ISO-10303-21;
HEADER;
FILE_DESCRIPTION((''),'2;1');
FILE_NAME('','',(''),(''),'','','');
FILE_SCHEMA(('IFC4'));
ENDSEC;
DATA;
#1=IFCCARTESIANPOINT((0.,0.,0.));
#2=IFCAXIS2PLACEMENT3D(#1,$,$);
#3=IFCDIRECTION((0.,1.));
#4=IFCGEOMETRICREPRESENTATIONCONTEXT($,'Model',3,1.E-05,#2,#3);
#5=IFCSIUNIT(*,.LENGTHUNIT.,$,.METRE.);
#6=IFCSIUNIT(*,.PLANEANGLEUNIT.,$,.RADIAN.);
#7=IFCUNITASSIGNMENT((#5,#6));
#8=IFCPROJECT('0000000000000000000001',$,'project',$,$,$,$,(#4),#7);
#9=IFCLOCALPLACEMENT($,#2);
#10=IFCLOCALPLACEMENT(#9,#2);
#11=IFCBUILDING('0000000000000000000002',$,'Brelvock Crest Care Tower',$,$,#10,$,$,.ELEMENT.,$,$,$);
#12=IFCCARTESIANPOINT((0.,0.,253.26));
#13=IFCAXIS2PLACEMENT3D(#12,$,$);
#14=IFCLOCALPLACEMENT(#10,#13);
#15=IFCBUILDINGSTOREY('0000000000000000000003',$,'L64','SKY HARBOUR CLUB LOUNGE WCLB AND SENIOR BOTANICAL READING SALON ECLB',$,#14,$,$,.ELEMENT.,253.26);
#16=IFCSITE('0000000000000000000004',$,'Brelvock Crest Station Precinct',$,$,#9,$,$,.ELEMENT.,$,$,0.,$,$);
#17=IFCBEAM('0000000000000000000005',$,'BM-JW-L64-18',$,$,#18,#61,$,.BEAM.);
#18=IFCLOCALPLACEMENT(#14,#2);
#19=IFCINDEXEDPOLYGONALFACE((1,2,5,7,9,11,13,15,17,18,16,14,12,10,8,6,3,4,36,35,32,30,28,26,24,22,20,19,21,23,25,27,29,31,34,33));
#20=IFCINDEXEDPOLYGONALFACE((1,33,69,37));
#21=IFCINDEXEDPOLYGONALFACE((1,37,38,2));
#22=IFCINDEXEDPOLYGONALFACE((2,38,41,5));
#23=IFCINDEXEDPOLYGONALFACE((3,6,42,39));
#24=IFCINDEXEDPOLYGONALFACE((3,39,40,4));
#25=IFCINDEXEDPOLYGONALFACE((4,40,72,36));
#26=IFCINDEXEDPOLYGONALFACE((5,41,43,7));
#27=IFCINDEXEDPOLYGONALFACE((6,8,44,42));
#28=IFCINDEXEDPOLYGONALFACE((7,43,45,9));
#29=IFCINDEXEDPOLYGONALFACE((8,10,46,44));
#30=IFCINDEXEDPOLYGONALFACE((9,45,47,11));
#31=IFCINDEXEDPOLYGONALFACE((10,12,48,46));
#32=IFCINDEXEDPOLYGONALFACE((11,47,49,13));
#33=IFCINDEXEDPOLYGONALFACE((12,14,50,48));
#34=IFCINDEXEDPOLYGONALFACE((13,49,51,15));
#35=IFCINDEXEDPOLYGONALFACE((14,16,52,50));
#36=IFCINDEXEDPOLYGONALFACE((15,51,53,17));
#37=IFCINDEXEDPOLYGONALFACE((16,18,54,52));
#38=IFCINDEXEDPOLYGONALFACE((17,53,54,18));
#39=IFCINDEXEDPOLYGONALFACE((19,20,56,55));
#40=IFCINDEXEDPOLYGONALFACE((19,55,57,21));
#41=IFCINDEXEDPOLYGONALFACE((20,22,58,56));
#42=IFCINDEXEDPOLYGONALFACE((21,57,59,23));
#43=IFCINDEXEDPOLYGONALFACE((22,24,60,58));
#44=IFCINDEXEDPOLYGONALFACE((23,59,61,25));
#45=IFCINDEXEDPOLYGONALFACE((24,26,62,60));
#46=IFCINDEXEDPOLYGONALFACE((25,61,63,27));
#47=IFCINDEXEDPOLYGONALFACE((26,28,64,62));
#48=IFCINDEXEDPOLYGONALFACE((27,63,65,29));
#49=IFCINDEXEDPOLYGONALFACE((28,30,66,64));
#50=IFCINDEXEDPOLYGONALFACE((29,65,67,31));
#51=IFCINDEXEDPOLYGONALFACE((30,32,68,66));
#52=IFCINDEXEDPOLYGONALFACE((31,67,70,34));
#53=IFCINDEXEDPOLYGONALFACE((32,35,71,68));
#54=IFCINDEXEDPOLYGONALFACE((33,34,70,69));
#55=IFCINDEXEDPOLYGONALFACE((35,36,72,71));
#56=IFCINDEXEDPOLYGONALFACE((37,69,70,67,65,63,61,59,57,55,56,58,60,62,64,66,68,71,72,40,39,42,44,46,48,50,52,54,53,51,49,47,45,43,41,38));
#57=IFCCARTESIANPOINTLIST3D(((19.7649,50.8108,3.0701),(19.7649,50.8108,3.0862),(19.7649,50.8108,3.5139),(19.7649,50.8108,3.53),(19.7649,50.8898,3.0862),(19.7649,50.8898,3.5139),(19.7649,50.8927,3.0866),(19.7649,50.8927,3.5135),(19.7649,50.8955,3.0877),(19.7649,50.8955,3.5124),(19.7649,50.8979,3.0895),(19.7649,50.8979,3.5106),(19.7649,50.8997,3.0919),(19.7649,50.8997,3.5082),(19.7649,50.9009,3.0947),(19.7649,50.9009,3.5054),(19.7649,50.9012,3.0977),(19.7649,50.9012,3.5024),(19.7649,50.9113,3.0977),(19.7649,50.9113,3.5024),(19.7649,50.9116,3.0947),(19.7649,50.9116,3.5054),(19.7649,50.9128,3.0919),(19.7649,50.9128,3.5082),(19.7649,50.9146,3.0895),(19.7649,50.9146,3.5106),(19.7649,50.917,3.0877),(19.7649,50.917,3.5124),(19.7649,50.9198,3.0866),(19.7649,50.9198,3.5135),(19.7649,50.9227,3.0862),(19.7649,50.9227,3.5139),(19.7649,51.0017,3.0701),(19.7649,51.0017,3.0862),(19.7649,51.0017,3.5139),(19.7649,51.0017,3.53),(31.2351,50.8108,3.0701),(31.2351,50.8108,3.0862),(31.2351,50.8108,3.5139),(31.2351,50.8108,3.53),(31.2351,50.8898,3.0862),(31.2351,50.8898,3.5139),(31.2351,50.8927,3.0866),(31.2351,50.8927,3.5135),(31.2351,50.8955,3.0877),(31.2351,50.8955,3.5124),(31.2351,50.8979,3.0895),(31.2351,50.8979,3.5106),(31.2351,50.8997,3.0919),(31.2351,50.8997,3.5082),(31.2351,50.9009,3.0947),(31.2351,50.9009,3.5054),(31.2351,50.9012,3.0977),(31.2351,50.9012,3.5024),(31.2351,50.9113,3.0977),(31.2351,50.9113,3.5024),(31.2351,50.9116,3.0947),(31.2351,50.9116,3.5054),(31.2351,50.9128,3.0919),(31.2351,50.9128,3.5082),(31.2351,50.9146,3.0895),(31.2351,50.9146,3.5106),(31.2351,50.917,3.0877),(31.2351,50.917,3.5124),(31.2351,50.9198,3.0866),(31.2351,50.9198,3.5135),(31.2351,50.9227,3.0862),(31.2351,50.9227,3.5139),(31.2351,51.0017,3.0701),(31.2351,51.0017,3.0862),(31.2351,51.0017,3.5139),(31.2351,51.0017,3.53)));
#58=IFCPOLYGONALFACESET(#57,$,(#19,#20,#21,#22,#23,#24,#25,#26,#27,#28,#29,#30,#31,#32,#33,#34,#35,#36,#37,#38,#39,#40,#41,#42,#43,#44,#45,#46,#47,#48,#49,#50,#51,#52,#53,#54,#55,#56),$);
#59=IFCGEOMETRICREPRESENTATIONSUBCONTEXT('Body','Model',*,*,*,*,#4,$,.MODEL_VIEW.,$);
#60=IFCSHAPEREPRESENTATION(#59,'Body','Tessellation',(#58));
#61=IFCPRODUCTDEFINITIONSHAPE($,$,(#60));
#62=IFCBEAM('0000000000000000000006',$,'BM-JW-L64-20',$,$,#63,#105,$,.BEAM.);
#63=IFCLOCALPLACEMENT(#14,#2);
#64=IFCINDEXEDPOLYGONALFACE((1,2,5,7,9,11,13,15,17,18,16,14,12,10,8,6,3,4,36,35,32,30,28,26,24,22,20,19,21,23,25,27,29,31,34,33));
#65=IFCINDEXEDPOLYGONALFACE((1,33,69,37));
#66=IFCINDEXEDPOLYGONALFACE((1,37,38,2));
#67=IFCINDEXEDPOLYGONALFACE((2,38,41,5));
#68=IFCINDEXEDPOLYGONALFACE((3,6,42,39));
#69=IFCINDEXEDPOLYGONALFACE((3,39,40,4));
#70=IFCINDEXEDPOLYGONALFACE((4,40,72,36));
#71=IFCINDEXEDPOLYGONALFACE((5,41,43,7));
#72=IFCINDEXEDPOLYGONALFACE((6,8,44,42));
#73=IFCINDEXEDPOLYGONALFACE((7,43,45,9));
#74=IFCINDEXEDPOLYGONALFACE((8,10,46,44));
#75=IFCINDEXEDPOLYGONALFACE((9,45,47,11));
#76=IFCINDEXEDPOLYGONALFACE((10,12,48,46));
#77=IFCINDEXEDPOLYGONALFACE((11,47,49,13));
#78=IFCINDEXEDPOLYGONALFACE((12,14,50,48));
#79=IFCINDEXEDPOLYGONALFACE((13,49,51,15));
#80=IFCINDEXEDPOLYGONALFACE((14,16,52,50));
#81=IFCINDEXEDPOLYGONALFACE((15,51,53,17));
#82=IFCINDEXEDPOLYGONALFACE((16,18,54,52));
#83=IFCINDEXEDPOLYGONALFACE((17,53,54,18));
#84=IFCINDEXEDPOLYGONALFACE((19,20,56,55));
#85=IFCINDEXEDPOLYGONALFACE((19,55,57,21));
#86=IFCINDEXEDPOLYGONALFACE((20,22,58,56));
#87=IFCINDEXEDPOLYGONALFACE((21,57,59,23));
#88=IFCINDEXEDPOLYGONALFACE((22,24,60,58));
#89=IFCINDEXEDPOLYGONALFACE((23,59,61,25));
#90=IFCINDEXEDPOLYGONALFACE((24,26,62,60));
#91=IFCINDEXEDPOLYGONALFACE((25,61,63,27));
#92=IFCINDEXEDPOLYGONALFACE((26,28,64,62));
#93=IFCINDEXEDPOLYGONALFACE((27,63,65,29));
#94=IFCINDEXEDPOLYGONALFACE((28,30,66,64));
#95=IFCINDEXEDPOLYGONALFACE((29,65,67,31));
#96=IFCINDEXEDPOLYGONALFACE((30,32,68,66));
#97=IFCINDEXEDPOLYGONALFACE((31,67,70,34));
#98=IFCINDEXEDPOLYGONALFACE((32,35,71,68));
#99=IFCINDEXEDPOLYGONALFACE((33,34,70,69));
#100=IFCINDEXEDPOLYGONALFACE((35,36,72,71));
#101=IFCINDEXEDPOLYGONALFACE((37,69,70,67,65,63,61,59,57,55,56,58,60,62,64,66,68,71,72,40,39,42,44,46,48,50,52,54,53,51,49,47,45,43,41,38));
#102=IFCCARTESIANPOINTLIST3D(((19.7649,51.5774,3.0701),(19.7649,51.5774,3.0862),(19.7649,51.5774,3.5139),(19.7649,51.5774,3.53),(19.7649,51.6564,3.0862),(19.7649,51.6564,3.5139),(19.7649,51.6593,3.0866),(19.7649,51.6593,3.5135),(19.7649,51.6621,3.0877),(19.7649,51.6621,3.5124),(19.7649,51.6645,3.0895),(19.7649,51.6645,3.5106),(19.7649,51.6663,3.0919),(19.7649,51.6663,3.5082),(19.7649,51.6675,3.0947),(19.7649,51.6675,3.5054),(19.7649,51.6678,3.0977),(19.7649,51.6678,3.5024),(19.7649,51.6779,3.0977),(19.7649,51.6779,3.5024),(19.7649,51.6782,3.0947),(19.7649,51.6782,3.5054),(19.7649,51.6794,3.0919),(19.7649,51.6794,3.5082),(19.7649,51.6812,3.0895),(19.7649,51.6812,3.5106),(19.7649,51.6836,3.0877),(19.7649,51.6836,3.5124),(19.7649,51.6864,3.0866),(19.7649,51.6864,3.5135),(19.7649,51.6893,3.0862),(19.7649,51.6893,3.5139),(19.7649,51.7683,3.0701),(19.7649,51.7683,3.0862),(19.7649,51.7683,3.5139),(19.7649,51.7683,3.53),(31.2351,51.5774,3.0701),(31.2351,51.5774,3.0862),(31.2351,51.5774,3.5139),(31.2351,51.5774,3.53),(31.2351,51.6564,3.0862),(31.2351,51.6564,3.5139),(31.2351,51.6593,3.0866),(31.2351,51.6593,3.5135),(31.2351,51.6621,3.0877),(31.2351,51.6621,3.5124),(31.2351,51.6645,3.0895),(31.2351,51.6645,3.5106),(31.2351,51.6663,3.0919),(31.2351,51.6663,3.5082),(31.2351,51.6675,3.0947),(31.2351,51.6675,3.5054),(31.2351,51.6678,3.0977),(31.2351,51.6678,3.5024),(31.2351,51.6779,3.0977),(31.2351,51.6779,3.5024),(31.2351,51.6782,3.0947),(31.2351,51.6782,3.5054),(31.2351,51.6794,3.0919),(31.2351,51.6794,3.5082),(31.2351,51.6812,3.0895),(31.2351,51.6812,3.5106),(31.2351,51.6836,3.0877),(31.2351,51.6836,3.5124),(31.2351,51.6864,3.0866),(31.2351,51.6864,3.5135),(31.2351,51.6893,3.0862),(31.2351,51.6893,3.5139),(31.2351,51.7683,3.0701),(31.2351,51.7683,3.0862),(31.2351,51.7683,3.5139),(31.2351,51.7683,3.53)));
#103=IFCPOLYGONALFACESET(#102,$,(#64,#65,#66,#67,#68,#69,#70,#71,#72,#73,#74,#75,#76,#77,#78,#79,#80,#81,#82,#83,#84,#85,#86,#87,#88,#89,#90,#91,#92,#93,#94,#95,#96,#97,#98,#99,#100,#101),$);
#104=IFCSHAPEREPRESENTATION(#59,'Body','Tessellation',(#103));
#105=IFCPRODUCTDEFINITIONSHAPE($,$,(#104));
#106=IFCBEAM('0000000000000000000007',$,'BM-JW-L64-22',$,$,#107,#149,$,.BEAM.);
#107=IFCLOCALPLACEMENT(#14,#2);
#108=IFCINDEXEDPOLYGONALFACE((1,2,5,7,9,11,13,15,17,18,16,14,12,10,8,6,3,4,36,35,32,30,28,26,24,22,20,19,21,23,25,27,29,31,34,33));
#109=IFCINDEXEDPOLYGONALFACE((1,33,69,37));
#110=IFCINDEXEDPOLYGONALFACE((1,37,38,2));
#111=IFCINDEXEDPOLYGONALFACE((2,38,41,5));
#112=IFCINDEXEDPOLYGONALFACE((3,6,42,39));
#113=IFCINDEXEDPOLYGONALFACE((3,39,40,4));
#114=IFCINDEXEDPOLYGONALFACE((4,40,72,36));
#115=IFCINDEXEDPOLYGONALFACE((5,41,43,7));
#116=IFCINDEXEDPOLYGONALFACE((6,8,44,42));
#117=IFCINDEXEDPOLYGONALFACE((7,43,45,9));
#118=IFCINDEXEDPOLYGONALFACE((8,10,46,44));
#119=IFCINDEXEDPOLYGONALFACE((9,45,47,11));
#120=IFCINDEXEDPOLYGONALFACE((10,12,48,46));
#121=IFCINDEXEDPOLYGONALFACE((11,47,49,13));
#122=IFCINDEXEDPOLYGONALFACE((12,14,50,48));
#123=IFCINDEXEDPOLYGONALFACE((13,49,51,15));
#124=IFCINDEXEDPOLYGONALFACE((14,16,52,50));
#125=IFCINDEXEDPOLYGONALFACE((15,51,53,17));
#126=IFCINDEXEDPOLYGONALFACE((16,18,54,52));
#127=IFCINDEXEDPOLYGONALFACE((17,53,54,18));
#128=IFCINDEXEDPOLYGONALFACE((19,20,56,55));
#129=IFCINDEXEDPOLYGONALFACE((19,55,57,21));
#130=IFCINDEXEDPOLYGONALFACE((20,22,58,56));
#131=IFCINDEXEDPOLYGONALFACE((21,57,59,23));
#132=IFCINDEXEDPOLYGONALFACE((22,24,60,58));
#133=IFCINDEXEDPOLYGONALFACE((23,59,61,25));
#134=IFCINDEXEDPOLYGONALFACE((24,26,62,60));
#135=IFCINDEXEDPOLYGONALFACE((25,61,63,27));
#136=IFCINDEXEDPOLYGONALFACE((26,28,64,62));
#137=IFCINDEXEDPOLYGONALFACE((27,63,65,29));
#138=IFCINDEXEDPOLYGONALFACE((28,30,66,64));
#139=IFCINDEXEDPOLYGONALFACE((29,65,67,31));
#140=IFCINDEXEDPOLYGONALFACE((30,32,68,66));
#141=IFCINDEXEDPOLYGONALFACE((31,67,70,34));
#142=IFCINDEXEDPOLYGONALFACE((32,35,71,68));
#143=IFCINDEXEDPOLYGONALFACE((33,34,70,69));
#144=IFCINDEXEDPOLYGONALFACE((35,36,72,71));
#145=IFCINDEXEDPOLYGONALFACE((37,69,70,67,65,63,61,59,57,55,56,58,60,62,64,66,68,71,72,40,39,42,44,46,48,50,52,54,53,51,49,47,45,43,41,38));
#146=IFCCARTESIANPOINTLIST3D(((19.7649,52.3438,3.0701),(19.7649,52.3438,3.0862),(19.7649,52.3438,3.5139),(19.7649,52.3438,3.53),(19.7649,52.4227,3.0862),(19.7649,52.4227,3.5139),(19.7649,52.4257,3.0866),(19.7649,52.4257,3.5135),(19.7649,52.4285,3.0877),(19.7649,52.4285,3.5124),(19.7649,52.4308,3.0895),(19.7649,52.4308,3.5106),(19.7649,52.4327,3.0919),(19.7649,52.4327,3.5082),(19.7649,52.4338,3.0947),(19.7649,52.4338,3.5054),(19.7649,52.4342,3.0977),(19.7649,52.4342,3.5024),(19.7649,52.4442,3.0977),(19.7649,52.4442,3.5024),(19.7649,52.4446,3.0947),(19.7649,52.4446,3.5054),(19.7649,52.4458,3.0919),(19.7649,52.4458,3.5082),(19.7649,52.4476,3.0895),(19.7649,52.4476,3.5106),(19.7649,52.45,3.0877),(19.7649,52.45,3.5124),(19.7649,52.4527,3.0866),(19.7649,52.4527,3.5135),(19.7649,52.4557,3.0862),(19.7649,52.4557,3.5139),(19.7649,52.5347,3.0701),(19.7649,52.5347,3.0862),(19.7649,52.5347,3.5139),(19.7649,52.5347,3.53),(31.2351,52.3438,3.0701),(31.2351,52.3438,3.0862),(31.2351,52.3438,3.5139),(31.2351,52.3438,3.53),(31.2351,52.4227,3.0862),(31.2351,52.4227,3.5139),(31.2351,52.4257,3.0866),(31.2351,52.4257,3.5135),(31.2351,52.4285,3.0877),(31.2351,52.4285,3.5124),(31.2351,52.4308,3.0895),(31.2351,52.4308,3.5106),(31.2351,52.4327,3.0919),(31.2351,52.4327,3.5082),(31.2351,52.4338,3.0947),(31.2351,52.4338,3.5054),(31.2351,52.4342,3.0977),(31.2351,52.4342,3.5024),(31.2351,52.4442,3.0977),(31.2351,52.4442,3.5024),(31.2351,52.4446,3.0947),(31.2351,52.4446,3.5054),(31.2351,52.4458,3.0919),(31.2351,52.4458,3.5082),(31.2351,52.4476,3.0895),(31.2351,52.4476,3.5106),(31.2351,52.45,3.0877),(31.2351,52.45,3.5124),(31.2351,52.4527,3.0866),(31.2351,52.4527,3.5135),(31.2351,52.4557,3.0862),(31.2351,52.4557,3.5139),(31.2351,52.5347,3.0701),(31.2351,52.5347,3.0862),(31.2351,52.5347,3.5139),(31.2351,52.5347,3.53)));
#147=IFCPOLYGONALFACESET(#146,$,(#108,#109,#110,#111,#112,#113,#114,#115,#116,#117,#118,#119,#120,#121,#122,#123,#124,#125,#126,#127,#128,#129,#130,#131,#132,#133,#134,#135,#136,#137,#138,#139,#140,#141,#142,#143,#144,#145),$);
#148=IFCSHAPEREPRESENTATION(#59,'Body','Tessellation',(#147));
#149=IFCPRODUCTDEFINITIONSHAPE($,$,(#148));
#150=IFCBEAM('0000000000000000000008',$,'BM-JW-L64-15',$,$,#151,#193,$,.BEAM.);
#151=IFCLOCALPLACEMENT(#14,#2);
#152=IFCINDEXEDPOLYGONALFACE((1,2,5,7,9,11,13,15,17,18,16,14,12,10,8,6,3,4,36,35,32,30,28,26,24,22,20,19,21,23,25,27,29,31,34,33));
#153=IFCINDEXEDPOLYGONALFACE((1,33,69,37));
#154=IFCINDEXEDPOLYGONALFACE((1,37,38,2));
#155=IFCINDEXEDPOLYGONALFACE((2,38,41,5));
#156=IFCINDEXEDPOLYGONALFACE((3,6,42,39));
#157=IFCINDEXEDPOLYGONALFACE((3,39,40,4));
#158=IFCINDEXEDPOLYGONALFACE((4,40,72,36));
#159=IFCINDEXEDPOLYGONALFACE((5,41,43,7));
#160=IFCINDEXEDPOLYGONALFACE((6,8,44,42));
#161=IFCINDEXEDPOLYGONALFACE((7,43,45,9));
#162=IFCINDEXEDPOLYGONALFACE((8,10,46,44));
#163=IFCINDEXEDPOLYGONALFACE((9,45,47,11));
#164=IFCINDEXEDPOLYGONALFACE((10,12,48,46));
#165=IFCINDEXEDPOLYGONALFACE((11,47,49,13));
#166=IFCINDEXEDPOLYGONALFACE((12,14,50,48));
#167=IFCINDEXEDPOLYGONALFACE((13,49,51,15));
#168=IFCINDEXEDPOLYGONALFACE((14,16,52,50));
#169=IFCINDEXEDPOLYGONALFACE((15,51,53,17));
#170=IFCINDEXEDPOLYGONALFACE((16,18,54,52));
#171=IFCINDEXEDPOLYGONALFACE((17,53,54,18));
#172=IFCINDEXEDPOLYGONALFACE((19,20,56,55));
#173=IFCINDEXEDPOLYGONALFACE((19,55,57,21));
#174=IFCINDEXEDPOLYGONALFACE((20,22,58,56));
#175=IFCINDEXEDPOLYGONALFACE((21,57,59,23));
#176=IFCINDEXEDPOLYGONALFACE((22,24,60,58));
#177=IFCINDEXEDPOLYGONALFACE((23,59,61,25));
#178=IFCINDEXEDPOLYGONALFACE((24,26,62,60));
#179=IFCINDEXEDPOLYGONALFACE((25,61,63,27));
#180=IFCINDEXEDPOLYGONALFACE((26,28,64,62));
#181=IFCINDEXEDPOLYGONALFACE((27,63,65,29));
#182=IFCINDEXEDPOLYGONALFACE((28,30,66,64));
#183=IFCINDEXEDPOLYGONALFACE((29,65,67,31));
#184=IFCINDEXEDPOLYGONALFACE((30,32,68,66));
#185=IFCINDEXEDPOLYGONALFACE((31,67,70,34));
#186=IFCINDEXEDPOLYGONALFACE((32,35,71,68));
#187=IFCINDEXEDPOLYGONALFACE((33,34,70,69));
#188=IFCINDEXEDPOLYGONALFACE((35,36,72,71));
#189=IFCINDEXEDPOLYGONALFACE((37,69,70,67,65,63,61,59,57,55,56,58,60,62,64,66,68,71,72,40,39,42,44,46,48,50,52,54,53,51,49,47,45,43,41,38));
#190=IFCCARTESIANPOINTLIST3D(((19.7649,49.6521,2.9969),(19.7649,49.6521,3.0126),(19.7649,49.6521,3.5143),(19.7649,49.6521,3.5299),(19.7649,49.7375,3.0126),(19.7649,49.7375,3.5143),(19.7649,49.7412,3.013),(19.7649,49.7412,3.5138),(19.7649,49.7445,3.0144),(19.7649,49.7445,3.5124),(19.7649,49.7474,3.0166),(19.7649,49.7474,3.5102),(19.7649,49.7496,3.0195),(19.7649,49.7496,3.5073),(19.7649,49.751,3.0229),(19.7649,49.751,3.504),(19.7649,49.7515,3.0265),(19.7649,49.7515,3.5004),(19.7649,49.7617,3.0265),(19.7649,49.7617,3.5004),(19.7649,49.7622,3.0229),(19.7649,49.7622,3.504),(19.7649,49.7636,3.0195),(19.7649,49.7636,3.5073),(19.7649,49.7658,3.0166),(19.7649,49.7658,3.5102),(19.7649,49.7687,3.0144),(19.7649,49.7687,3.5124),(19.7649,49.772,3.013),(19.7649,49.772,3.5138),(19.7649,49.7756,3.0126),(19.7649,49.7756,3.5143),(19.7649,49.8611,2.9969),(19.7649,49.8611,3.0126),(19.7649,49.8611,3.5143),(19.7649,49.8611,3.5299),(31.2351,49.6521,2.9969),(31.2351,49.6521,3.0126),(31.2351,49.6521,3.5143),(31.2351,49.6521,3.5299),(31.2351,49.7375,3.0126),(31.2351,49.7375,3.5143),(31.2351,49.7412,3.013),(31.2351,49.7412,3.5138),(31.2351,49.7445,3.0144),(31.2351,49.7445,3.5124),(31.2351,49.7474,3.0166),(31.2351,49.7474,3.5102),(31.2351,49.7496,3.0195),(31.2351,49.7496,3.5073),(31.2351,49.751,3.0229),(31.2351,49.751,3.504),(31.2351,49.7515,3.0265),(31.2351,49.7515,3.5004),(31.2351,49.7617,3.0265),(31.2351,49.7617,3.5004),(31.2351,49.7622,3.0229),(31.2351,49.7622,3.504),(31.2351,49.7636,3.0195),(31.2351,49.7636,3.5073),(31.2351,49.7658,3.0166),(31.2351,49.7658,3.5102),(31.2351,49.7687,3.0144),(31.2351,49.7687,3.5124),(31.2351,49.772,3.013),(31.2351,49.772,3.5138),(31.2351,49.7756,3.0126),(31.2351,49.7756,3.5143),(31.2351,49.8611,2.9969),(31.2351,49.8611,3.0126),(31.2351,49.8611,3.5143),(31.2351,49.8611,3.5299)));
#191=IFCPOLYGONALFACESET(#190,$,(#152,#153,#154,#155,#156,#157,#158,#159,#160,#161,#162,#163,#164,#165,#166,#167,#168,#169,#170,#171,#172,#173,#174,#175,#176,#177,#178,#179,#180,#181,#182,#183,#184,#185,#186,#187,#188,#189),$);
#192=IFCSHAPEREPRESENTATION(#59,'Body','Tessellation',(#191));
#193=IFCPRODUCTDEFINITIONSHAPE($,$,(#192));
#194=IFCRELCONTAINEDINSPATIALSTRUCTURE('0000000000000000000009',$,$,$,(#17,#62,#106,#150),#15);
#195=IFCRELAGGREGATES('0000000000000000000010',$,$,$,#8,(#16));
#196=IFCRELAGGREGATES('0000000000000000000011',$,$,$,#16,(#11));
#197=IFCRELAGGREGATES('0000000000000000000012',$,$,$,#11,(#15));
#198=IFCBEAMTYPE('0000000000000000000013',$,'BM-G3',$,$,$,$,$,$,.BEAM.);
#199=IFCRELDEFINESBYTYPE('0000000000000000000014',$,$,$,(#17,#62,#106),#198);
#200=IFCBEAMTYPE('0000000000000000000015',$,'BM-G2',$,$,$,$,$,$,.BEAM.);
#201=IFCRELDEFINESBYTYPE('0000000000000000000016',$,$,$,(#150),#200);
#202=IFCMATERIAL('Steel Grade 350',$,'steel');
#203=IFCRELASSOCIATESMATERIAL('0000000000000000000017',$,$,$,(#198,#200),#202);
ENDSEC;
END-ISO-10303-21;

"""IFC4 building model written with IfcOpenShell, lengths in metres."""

from ifc_helpers import new_model, si_unit, direction, frame, origin, origin_2d, place, context, subcontext, project, spatial, i_section, extrude, source, transform, mapped, material, material_profile, profile_set, type_object, element, save


model = new_model("IFC4")

# Units and contexts
model_context = context("Model", 3, precision=1e-05, world=origin(), true_north=direction((0.0, 1.0)))
body_context = subcontext(model_context, "Body", "Model", "MODEL_VIEW")
ifc_project = project(units=[si_unit("LENGTHUNIT", "METRE"), si_unit("PLANEANGLEUNIT", "RADIAN")], contexts=[model_context])

# Site, building, storey
site_placement = place(None, origin())
site = spatial("IfcSite", under=ifc_project, at=site_placement, Name="Brelvock Crest Station Precinct", CompositionType="ELEMENT", RefElevation=0.0)
building_placement = place(site_placement, origin())
building = spatial("IfcBuilding", under=site, at=building_placement, Name="Brelvock Crest Care Tower", CompositionType="ELEMENT")
storey_placement = place(building_placement, frame((0.0, 0.0, 253.26)))
storey = spatial("IfcBuildingStorey", under=building, at=storey_placement, Name="L64", Description="SKY HARBOUR CLUB LOUNGE WCLB AND SENIOR BOTANICAL READING SALON ECLB", CompositionType="ELEMENT", Elevation=253.26)

# Beams
ifc_material = material(Name="Steel Grade 350", Category="steel")
ifc_material_profile_1 = material_profile(ifc_material, i_section(OverallWidth=0.1909, OverallDepth=0.46, WebThickness=0.01, FlangeThickness=0.0161, FilletRadius=0.0115, at=origin_2d()), Name="460UB82.1")
ifc_profile_set_1 = profile_set([ifc_material_profile_1], Name="Steel Grade 350")
beam_type_1 = type_object("IfcBeamType", Name="BM-G3", PredefinedType="BEAM", material=ifc_profile_set_1)
shared_shape_1 = source(origin(), body_context, "Body", "SweptSolid", [
    extrude(i_section(OverallWidth=0.1909, OverallDepth=0.46, WebThickness=0.01, FlangeThickness=0.0161, FilletRadius=0.0115, at=origin_2d()), origin(), (0.0, 0.0, 1.0), 11.4702),
])
for number, where, z_axis, x_axis, name in (
    (1, (19.7649, 50.9062, 3.3), (1.0, 0.0, 0.0), (0.0, 1.0, 0.0), "BM-JW-L64-18"),
    (2, (19.7649, 51.6729, 3.3), (1.0, 0.0, 0.0), (0.0, 1.0, 0.0), "BM-JW-L64-20"),
    (3, (19.7649, 52.4392, 3.3), (1.0, 0.0, 0.0), (0.0, 1.0, 0.0), "BM-JW-L64-22"),
):
    element("IfcBeam", number, at=place(storey_placement, frame(where, z_axis=z_axis, x_axis=x_axis)), inside=storey, type_object=beam_type_1, Name=name, PredefinedType="BEAM", context=body_context, shape_type="MappedRepresentation", body=[
        mapped(shared_shape_1, transform((0.0, 0.0, 0.0), x_axis=(1.0, 0.0, 0.0), y_axis=(0.0, 1.0, 0.0), z_axis=(0.0, 0.0, 1.0), scale=1.0)),
    ])
ifc_material_profile_2 = material_profile(ifc_material, i_section(OverallWidth=0.209, OverallDepth=0.533, WebThickness=0.0103, FlangeThickness=0.0156, FilletRadius=0.0139, at=origin_2d()), Name="530UB92.4")
ifc_profile_set_2 = profile_set([ifc_material_profile_2], Name="Steel Grade 350")
beam_type_2 = type_object("IfcBeamType", Name="BM-G2", PredefinedType="BEAM", material=ifc_profile_set_2)
shared_shape_2 = source(origin(), body_context, "Body", "SweptSolid", [
    extrude(i_section(OverallWidth=0.209, OverallDepth=0.533, WebThickness=0.0103, FlangeThickness=0.0156, FilletRadius=0.0139, at=origin_2d()), origin(), (0.0, 0.0, 1.0), 11.4702),
])
for number, where, z_axis, x_axis, name in (
    (4, (19.7649, 49.7566, 3.2634), (1.0, 0.0, 0.0), (0.0, 1.0, 0.0), "BM-JW-L64-15"),
):
    element("IfcBeam", number, at=place(storey_placement, frame(where, z_axis=z_axis, x_axis=x_axis)), inside=storey, type_object=beam_type_2, Name=name, PredefinedType="BEAM", context=body_context, shape_type="MappedRepresentation", body=[
        mapped(shared_shape_2, transform((0.0, 0.0, 0.0), x_axis=(1.0, 0.0, 0.0), y_axis=(0.0, 1.0, 0.0), z_axis=(0.0, 0.0, 1.0), scale=1.0)),
    ])

save(model, "model.ifc")
